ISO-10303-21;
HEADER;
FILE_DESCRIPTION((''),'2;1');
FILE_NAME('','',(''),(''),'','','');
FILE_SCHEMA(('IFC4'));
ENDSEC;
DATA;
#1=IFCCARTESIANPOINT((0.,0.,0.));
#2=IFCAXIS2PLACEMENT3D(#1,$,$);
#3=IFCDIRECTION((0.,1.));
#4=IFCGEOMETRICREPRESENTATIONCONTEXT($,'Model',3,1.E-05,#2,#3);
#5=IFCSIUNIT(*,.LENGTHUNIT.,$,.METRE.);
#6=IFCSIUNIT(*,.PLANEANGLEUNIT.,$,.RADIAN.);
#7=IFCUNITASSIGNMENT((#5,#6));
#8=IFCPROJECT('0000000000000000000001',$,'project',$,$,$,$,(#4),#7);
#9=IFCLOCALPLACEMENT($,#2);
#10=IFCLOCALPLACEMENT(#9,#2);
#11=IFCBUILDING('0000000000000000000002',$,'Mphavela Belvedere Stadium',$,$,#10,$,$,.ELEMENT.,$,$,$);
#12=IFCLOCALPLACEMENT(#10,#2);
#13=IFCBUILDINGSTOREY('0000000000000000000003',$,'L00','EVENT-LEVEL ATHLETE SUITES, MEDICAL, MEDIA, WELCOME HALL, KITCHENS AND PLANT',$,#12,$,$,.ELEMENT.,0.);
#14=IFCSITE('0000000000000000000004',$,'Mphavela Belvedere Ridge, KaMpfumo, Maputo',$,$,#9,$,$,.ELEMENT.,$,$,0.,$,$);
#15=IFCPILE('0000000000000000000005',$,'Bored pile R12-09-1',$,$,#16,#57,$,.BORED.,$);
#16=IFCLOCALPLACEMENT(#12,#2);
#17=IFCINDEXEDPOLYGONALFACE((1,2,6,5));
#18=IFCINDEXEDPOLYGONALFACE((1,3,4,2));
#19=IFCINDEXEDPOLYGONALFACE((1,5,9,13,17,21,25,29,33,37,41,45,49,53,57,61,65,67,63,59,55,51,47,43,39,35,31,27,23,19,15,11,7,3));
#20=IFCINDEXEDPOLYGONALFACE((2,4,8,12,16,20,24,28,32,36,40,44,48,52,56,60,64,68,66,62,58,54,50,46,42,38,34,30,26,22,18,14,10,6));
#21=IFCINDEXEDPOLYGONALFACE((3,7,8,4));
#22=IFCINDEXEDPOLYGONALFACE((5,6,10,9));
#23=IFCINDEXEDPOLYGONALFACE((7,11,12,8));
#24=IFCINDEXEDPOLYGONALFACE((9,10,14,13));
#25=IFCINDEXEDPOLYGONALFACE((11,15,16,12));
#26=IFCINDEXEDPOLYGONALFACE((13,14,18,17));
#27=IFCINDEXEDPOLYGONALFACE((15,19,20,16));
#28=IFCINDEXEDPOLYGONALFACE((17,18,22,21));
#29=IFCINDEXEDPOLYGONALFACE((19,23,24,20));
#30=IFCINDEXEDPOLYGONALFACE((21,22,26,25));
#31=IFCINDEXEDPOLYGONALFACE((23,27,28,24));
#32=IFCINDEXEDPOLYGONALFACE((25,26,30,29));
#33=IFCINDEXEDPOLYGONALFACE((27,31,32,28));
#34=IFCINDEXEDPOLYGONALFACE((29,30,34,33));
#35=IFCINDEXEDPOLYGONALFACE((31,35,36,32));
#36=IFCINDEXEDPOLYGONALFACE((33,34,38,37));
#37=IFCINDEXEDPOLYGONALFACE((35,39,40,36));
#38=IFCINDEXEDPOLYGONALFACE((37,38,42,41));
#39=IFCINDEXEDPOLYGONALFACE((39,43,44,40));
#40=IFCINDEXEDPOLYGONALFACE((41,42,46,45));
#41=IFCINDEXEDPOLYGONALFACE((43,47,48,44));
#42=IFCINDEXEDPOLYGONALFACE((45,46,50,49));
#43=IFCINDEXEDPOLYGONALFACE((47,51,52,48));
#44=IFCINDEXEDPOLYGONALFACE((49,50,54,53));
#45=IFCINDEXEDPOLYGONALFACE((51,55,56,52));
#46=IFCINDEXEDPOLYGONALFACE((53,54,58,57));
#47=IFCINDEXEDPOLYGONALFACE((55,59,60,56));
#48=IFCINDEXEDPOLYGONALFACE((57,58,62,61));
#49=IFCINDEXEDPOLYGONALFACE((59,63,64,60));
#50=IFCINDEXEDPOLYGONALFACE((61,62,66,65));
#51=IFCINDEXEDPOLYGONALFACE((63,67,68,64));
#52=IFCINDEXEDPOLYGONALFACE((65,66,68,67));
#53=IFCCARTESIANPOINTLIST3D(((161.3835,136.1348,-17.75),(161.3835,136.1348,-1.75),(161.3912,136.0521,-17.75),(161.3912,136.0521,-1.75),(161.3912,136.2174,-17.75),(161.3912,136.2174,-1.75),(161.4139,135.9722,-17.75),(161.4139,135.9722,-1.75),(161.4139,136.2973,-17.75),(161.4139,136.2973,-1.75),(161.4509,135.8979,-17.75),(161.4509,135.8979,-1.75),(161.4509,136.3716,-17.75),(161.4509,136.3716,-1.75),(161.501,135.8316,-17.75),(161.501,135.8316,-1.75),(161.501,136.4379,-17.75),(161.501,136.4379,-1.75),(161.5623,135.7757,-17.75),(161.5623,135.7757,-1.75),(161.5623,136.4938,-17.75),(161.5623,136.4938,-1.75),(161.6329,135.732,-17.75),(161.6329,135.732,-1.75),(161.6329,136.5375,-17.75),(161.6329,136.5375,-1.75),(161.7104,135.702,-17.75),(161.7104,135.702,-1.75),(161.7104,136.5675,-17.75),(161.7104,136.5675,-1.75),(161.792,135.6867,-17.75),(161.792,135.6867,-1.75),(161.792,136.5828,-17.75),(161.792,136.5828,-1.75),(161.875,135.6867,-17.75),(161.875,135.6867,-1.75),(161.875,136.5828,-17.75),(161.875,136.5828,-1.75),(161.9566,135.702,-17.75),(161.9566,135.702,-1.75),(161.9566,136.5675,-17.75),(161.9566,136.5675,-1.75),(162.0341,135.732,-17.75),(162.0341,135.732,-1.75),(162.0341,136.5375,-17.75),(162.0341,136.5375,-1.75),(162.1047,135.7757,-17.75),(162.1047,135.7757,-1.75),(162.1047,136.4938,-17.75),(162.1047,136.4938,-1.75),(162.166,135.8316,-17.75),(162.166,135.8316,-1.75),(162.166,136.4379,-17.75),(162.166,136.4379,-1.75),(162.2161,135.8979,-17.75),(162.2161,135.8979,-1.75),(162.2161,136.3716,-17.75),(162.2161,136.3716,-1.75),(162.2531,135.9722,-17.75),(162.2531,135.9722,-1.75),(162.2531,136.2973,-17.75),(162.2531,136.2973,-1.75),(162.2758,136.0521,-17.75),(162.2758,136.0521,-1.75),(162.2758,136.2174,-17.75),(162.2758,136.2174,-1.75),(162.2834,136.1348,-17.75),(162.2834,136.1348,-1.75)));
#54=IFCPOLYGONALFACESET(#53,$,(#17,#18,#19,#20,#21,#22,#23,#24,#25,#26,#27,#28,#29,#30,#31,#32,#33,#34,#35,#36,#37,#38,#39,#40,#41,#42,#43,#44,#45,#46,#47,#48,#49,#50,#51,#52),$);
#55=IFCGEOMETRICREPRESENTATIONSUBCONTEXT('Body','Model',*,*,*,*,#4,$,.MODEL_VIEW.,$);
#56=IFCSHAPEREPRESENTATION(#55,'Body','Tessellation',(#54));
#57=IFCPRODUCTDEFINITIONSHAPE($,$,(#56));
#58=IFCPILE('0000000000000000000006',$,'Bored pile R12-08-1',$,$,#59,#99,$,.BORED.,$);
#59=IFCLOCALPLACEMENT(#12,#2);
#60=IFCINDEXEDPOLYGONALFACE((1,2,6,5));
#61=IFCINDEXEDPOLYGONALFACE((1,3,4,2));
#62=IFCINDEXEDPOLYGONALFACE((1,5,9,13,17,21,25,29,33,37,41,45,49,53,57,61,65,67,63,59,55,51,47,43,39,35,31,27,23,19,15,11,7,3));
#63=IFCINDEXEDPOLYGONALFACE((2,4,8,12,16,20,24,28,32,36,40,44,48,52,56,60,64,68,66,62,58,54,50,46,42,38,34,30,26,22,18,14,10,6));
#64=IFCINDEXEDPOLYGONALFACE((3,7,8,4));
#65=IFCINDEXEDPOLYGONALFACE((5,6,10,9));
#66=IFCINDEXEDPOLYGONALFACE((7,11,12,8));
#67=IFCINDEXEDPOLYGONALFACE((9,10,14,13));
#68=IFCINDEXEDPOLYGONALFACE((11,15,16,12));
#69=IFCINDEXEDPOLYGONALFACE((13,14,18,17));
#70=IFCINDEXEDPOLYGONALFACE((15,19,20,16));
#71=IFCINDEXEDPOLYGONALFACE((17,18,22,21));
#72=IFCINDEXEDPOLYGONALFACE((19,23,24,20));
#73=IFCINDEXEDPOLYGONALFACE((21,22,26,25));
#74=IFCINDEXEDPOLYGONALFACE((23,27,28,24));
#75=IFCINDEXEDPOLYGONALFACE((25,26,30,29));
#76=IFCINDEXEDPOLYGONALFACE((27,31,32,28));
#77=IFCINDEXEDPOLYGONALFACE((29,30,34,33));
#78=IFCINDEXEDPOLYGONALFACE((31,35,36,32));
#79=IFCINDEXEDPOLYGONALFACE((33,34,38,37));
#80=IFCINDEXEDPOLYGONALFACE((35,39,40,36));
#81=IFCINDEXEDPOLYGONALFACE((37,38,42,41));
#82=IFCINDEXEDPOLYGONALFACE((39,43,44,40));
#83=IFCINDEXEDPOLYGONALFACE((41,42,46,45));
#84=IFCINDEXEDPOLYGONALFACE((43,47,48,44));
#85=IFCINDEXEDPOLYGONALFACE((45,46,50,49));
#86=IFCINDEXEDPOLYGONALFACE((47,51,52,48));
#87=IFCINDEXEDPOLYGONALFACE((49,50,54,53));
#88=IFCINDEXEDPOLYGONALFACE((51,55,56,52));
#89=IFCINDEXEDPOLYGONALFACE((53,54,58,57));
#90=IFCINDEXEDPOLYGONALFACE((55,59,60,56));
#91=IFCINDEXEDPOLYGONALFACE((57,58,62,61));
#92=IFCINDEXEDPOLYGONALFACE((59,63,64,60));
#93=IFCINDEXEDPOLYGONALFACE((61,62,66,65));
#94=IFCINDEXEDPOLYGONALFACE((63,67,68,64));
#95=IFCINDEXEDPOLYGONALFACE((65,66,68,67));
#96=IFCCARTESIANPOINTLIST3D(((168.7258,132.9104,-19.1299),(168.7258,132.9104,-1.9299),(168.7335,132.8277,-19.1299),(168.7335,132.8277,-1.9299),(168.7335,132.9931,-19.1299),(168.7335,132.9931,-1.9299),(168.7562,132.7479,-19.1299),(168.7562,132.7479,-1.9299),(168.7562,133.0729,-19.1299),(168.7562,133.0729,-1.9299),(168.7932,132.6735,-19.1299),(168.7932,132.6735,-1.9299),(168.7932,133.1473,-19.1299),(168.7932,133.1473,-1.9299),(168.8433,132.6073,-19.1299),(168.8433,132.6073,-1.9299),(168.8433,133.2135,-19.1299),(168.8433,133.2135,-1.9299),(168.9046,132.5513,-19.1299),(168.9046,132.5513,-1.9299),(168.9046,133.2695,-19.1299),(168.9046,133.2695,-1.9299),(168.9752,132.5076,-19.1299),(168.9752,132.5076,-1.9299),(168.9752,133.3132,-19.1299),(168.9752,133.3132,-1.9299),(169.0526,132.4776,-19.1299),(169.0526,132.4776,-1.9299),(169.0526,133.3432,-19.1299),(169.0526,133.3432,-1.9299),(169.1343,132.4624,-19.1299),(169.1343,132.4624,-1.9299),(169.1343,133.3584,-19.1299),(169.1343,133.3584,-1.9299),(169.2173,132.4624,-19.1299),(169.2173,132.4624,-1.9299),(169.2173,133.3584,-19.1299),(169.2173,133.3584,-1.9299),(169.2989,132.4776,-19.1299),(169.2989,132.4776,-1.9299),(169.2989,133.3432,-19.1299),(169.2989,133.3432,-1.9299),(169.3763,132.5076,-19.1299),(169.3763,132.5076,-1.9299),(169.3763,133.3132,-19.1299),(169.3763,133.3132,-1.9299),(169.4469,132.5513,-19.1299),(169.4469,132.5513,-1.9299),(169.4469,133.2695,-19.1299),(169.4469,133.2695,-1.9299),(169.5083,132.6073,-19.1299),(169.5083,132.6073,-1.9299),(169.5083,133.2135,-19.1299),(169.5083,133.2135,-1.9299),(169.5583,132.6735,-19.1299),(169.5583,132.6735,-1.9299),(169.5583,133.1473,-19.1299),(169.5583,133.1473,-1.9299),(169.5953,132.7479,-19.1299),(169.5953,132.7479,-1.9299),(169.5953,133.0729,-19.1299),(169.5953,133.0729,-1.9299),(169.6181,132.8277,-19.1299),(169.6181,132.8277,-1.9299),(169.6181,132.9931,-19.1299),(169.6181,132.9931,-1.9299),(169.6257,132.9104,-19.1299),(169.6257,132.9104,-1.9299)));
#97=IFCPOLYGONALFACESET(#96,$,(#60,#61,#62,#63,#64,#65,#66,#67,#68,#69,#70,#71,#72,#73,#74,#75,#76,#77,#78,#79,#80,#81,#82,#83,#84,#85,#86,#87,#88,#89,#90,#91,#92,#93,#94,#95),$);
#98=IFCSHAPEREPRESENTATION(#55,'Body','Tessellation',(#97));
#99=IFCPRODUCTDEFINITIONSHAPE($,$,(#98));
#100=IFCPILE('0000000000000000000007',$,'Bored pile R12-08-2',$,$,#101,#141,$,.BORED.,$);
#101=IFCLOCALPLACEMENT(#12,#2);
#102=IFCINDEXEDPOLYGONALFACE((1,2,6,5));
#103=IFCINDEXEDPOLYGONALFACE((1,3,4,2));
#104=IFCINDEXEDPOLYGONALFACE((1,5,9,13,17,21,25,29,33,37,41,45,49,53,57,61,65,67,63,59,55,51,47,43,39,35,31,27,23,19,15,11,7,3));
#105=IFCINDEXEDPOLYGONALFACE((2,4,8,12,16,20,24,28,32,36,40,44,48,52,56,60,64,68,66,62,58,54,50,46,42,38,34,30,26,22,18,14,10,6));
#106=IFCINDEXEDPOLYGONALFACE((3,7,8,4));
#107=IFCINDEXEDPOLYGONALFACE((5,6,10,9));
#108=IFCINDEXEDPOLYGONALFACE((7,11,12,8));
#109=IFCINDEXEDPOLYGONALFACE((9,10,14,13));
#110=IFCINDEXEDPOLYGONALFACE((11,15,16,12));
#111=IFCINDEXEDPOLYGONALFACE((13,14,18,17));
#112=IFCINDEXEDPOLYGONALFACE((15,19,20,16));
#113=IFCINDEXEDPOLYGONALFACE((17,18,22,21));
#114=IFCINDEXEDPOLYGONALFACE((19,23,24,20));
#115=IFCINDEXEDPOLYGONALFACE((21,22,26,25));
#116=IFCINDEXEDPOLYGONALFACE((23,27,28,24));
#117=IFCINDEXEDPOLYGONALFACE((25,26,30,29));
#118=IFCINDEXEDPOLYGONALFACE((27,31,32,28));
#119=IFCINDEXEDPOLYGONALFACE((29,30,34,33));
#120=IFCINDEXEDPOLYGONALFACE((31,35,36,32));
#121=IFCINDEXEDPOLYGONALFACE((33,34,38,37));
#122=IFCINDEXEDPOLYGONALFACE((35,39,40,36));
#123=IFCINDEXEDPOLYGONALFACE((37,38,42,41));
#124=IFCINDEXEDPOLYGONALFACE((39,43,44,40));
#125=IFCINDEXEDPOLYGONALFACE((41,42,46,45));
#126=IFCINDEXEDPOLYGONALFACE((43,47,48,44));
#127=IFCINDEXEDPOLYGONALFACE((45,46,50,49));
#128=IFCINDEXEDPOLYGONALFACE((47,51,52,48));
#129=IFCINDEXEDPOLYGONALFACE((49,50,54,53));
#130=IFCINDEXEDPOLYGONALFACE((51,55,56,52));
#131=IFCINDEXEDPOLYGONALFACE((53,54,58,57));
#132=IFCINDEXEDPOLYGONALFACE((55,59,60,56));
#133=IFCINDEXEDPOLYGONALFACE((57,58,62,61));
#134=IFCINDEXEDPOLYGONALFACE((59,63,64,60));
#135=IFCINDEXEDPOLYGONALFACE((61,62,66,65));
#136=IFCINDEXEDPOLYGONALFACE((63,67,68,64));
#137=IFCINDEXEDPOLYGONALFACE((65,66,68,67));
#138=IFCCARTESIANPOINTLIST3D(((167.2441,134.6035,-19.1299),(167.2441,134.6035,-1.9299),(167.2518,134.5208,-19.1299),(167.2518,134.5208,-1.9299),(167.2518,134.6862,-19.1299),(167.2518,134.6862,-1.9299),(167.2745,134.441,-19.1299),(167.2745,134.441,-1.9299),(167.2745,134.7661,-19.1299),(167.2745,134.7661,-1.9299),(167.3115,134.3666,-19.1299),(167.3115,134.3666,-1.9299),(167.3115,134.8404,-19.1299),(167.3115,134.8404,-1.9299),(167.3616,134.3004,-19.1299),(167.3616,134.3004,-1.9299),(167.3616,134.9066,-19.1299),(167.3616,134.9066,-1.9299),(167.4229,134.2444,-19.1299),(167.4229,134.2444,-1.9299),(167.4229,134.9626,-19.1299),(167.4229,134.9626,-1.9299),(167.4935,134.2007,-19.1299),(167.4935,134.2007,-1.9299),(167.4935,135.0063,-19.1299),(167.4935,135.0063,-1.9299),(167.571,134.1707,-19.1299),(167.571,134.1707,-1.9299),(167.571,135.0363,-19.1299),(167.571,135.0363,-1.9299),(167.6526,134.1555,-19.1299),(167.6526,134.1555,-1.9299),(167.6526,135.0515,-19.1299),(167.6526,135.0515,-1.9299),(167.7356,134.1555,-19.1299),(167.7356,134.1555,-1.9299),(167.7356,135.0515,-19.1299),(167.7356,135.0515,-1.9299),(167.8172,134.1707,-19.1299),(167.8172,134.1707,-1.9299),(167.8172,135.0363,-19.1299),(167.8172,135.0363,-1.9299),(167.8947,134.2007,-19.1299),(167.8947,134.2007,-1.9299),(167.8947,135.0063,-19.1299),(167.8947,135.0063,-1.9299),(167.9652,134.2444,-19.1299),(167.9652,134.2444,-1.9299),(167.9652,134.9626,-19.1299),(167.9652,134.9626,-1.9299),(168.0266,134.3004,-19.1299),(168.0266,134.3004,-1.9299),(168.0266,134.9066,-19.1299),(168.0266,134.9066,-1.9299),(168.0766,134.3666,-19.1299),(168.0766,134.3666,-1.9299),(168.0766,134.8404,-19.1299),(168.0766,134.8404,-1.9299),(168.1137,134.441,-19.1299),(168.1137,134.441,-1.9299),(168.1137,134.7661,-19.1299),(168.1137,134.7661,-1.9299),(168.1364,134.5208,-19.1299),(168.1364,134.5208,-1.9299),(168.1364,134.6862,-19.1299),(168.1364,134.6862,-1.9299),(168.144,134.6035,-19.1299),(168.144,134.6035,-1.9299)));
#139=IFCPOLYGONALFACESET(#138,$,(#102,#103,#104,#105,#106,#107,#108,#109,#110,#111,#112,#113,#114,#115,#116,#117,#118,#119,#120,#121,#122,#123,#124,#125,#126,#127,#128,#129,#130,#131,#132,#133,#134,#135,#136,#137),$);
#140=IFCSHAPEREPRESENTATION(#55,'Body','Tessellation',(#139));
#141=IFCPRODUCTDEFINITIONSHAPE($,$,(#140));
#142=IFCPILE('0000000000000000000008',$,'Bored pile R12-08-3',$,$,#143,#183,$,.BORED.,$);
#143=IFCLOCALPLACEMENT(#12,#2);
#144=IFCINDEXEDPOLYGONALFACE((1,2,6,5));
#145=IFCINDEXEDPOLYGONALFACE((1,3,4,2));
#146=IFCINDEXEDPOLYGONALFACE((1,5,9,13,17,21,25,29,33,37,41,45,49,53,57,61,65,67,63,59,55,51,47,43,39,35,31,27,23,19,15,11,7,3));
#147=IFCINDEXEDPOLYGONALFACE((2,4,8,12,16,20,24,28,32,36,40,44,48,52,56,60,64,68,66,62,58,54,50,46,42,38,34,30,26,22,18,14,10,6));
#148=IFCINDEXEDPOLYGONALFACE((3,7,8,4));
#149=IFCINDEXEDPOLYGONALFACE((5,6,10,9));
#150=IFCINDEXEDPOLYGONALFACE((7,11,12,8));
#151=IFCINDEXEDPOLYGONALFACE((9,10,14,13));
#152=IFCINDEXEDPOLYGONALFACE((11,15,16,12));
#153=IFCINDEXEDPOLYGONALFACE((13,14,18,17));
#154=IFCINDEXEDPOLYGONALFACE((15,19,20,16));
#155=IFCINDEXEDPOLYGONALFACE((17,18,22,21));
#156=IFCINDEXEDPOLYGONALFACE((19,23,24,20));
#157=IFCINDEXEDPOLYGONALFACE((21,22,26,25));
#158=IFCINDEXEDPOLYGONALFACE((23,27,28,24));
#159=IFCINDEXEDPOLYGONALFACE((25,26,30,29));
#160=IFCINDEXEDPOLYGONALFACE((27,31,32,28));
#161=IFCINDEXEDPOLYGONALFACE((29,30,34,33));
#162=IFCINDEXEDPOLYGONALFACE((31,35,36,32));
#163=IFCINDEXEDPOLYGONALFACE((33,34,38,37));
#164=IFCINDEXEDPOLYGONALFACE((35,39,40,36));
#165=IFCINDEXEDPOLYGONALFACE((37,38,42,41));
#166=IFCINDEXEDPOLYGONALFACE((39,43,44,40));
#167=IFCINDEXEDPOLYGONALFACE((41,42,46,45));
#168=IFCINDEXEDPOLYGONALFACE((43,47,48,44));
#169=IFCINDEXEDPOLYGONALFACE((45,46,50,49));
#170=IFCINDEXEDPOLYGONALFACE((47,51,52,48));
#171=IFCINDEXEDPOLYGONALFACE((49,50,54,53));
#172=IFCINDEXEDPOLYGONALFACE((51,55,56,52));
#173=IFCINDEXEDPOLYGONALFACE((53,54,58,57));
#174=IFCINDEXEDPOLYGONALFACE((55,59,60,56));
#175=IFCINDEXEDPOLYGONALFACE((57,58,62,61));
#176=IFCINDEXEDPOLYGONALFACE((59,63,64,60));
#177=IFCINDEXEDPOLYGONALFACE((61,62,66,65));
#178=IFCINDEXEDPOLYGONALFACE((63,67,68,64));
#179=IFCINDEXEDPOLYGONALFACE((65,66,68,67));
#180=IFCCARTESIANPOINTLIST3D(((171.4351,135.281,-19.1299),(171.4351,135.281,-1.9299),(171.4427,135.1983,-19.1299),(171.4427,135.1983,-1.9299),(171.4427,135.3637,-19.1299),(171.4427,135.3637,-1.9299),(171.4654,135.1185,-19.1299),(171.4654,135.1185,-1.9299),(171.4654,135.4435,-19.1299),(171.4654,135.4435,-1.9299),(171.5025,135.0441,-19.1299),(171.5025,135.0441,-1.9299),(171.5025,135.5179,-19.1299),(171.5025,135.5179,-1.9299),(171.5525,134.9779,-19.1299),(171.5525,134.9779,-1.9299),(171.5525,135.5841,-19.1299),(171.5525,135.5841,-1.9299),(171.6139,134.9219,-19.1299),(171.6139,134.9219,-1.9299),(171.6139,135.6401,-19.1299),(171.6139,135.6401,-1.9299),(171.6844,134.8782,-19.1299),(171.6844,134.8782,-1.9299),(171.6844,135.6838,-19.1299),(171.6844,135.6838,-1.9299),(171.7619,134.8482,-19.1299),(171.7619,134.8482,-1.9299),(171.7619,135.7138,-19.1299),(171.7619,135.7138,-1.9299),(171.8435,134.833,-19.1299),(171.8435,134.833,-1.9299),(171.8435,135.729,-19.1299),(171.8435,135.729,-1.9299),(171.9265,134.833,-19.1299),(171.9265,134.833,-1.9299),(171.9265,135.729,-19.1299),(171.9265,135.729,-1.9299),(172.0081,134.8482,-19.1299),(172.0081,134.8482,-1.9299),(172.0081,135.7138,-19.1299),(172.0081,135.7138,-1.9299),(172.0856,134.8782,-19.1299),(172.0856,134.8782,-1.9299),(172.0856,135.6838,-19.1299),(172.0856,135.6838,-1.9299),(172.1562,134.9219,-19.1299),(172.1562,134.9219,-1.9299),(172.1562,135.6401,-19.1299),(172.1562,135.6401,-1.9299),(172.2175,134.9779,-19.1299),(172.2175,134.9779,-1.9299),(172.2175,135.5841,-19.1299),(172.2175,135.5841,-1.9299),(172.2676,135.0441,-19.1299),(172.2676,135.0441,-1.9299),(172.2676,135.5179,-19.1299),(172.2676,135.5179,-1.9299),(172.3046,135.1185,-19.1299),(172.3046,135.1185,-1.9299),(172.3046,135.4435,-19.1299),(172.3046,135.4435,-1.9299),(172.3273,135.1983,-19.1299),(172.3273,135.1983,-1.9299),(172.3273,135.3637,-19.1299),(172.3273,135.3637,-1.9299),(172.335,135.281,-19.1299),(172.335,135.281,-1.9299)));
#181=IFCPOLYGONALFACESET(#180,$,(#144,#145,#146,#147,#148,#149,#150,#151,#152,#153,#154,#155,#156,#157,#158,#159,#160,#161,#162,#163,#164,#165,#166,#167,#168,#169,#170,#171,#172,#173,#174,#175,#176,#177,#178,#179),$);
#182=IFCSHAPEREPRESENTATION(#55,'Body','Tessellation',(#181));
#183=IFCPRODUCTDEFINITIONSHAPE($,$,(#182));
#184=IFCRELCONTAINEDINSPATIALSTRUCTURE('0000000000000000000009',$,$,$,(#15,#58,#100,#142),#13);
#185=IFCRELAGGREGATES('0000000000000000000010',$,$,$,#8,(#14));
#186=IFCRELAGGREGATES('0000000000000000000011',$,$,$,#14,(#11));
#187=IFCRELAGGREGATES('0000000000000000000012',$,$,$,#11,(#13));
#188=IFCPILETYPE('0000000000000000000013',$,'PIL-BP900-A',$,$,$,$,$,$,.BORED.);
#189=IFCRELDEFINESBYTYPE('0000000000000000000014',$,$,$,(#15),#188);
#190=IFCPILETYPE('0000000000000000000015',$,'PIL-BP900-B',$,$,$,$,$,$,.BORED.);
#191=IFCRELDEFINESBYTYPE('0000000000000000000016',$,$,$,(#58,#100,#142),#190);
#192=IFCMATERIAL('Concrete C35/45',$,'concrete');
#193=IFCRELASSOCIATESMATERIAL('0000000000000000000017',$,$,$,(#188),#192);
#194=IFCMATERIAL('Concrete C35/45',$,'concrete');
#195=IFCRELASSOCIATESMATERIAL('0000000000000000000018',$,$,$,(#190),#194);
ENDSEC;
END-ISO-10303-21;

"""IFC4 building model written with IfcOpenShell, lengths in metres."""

from ifc_helpers import new_model, si_unit, direction, frame, origin, origin_2d, place, context, subcontext, project, spatial, circle, extrude, material, material_profile, profile_set, type_object, element, save


model = new_model("IFC4")

# Units and contexts
model_context = context("Model", 3, precision=1e-05, world=origin(), true_north=direction((0.0, 1.0)))
body_context = subcontext(model_context, "Body", "Model", "MODEL_VIEW")
ifc_project = project(units=[si_unit("LENGTHUNIT", "METRE"), si_unit("PLANEANGLEUNIT", "RADIAN")], contexts=[model_context])

# Site, building, storey
site_placement = place(None, origin())
site = spatial("IfcSite", under=ifc_project, at=site_placement, Name="Mphavela Belvedere Ridge, KaMpfumo, Maputo", CompositionType="ELEMENT", RefElevation=0.0)
building_placement = place(site_placement, origin())
building = spatial("IfcBuilding", under=site, at=building_placement, Name="Mphavela Belvedere Stadium", CompositionType="ELEMENT")
storey_placement = place(building_placement, origin())
storey = spatial("IfcBuildingStorey", under=building, at=storey_placement, Name="L00", Description="EVENT-LEVEL ATHLETE SUITES, MEDICAL, MEDIA, WELCOME HALL, KITCHENS AND PLANT", CompositionType="ELEMENT", Elevation=0.0)

# Piles
ifc_material_1 = material(Name="Concrete C35/45", Category="concrete")
ifc_material_profile_1 = material_profile(ifc_material_1, circle(Radius=0.45, at=origin_2d()), Name="BP D900")
ifc_profile_set_1 = profile_set([ifc_material_profile_1], Name="Concrete C35/45")
pile_type_1 = type_object("IfcPileType", Name="PIL-BP900-A", PredefinedType="BORED", material=ifc_profile_set_1)
for number, where, z_axis, x_axis, name in (
    (1, (161.8335, 136.1348, -1.75), (0.0, 0.0, -1.0), (1.0, 0.0, 0.0), "Bored pile R12-09-1"),
):
    element("IfcPile", number, at=place(storey_placement, frame(where, z_axis=z_axis, x_axis=x_axis)), inside=storey, type_object=pile_type_1, Name=name, PredefinedType="BORED", context=body_context, shape_type="SweptSolid", body=[
        extrude(circle(Radius=0.45, at=origin_2d()), origin(), (0.0, 0.0, 1.0), 16.0),
    ])
ifc_material_2 = material(Name="Concrete C35/45", Category="concrete")
ifc_material_profile_2 = material_profile(ifc_material_2, circle(Radius=0.45, at=origin_2d()), Name="BP D900")
ifc_profile_set_2 = profile_set([ifc_material_profile_2], Name="Concrete C35/45")
pile_type_2 = type_object("IfcPileType", Name="PIL-BP900-B", PredefinedType="BORED", material=ifc_profile_set_2)
for number, where, z_axis, x_axis, name in (
    (2, (169.1758, 132.9104, -1.9299), (0.0, 0.0, -1.0), (1.0, 0.0, 0.0), "Bored pile R12-08-1"),
    (3, (167.6941, 134.6035, -1.9299), (0.0, 0.0, -1.0), (1.0, 0.0, 0.0), "Bored pile R12-08-2"),
    (4, (171.885, 135.281, -1.9299), (0.0, 0.0, -1.0), (1.0, 0.0, 0.0), "Bored pile R12-08-3"),
):
    element("IfcPile", number, at=place(storey_placement, frame(where, z_axis=z_axis, x_axis=x_axis)), inside=storey, type_object=pile_type_2, Name=name, PredefinedType="BORED", context=body_context, shape_type="SweptSolid", body=[
        extrude(circle(Radius=0.45, at=origin_2d()), origin(), (0.0, 0.0, 1.0), 17.2),
    ])

save(model, "model.ifc")
